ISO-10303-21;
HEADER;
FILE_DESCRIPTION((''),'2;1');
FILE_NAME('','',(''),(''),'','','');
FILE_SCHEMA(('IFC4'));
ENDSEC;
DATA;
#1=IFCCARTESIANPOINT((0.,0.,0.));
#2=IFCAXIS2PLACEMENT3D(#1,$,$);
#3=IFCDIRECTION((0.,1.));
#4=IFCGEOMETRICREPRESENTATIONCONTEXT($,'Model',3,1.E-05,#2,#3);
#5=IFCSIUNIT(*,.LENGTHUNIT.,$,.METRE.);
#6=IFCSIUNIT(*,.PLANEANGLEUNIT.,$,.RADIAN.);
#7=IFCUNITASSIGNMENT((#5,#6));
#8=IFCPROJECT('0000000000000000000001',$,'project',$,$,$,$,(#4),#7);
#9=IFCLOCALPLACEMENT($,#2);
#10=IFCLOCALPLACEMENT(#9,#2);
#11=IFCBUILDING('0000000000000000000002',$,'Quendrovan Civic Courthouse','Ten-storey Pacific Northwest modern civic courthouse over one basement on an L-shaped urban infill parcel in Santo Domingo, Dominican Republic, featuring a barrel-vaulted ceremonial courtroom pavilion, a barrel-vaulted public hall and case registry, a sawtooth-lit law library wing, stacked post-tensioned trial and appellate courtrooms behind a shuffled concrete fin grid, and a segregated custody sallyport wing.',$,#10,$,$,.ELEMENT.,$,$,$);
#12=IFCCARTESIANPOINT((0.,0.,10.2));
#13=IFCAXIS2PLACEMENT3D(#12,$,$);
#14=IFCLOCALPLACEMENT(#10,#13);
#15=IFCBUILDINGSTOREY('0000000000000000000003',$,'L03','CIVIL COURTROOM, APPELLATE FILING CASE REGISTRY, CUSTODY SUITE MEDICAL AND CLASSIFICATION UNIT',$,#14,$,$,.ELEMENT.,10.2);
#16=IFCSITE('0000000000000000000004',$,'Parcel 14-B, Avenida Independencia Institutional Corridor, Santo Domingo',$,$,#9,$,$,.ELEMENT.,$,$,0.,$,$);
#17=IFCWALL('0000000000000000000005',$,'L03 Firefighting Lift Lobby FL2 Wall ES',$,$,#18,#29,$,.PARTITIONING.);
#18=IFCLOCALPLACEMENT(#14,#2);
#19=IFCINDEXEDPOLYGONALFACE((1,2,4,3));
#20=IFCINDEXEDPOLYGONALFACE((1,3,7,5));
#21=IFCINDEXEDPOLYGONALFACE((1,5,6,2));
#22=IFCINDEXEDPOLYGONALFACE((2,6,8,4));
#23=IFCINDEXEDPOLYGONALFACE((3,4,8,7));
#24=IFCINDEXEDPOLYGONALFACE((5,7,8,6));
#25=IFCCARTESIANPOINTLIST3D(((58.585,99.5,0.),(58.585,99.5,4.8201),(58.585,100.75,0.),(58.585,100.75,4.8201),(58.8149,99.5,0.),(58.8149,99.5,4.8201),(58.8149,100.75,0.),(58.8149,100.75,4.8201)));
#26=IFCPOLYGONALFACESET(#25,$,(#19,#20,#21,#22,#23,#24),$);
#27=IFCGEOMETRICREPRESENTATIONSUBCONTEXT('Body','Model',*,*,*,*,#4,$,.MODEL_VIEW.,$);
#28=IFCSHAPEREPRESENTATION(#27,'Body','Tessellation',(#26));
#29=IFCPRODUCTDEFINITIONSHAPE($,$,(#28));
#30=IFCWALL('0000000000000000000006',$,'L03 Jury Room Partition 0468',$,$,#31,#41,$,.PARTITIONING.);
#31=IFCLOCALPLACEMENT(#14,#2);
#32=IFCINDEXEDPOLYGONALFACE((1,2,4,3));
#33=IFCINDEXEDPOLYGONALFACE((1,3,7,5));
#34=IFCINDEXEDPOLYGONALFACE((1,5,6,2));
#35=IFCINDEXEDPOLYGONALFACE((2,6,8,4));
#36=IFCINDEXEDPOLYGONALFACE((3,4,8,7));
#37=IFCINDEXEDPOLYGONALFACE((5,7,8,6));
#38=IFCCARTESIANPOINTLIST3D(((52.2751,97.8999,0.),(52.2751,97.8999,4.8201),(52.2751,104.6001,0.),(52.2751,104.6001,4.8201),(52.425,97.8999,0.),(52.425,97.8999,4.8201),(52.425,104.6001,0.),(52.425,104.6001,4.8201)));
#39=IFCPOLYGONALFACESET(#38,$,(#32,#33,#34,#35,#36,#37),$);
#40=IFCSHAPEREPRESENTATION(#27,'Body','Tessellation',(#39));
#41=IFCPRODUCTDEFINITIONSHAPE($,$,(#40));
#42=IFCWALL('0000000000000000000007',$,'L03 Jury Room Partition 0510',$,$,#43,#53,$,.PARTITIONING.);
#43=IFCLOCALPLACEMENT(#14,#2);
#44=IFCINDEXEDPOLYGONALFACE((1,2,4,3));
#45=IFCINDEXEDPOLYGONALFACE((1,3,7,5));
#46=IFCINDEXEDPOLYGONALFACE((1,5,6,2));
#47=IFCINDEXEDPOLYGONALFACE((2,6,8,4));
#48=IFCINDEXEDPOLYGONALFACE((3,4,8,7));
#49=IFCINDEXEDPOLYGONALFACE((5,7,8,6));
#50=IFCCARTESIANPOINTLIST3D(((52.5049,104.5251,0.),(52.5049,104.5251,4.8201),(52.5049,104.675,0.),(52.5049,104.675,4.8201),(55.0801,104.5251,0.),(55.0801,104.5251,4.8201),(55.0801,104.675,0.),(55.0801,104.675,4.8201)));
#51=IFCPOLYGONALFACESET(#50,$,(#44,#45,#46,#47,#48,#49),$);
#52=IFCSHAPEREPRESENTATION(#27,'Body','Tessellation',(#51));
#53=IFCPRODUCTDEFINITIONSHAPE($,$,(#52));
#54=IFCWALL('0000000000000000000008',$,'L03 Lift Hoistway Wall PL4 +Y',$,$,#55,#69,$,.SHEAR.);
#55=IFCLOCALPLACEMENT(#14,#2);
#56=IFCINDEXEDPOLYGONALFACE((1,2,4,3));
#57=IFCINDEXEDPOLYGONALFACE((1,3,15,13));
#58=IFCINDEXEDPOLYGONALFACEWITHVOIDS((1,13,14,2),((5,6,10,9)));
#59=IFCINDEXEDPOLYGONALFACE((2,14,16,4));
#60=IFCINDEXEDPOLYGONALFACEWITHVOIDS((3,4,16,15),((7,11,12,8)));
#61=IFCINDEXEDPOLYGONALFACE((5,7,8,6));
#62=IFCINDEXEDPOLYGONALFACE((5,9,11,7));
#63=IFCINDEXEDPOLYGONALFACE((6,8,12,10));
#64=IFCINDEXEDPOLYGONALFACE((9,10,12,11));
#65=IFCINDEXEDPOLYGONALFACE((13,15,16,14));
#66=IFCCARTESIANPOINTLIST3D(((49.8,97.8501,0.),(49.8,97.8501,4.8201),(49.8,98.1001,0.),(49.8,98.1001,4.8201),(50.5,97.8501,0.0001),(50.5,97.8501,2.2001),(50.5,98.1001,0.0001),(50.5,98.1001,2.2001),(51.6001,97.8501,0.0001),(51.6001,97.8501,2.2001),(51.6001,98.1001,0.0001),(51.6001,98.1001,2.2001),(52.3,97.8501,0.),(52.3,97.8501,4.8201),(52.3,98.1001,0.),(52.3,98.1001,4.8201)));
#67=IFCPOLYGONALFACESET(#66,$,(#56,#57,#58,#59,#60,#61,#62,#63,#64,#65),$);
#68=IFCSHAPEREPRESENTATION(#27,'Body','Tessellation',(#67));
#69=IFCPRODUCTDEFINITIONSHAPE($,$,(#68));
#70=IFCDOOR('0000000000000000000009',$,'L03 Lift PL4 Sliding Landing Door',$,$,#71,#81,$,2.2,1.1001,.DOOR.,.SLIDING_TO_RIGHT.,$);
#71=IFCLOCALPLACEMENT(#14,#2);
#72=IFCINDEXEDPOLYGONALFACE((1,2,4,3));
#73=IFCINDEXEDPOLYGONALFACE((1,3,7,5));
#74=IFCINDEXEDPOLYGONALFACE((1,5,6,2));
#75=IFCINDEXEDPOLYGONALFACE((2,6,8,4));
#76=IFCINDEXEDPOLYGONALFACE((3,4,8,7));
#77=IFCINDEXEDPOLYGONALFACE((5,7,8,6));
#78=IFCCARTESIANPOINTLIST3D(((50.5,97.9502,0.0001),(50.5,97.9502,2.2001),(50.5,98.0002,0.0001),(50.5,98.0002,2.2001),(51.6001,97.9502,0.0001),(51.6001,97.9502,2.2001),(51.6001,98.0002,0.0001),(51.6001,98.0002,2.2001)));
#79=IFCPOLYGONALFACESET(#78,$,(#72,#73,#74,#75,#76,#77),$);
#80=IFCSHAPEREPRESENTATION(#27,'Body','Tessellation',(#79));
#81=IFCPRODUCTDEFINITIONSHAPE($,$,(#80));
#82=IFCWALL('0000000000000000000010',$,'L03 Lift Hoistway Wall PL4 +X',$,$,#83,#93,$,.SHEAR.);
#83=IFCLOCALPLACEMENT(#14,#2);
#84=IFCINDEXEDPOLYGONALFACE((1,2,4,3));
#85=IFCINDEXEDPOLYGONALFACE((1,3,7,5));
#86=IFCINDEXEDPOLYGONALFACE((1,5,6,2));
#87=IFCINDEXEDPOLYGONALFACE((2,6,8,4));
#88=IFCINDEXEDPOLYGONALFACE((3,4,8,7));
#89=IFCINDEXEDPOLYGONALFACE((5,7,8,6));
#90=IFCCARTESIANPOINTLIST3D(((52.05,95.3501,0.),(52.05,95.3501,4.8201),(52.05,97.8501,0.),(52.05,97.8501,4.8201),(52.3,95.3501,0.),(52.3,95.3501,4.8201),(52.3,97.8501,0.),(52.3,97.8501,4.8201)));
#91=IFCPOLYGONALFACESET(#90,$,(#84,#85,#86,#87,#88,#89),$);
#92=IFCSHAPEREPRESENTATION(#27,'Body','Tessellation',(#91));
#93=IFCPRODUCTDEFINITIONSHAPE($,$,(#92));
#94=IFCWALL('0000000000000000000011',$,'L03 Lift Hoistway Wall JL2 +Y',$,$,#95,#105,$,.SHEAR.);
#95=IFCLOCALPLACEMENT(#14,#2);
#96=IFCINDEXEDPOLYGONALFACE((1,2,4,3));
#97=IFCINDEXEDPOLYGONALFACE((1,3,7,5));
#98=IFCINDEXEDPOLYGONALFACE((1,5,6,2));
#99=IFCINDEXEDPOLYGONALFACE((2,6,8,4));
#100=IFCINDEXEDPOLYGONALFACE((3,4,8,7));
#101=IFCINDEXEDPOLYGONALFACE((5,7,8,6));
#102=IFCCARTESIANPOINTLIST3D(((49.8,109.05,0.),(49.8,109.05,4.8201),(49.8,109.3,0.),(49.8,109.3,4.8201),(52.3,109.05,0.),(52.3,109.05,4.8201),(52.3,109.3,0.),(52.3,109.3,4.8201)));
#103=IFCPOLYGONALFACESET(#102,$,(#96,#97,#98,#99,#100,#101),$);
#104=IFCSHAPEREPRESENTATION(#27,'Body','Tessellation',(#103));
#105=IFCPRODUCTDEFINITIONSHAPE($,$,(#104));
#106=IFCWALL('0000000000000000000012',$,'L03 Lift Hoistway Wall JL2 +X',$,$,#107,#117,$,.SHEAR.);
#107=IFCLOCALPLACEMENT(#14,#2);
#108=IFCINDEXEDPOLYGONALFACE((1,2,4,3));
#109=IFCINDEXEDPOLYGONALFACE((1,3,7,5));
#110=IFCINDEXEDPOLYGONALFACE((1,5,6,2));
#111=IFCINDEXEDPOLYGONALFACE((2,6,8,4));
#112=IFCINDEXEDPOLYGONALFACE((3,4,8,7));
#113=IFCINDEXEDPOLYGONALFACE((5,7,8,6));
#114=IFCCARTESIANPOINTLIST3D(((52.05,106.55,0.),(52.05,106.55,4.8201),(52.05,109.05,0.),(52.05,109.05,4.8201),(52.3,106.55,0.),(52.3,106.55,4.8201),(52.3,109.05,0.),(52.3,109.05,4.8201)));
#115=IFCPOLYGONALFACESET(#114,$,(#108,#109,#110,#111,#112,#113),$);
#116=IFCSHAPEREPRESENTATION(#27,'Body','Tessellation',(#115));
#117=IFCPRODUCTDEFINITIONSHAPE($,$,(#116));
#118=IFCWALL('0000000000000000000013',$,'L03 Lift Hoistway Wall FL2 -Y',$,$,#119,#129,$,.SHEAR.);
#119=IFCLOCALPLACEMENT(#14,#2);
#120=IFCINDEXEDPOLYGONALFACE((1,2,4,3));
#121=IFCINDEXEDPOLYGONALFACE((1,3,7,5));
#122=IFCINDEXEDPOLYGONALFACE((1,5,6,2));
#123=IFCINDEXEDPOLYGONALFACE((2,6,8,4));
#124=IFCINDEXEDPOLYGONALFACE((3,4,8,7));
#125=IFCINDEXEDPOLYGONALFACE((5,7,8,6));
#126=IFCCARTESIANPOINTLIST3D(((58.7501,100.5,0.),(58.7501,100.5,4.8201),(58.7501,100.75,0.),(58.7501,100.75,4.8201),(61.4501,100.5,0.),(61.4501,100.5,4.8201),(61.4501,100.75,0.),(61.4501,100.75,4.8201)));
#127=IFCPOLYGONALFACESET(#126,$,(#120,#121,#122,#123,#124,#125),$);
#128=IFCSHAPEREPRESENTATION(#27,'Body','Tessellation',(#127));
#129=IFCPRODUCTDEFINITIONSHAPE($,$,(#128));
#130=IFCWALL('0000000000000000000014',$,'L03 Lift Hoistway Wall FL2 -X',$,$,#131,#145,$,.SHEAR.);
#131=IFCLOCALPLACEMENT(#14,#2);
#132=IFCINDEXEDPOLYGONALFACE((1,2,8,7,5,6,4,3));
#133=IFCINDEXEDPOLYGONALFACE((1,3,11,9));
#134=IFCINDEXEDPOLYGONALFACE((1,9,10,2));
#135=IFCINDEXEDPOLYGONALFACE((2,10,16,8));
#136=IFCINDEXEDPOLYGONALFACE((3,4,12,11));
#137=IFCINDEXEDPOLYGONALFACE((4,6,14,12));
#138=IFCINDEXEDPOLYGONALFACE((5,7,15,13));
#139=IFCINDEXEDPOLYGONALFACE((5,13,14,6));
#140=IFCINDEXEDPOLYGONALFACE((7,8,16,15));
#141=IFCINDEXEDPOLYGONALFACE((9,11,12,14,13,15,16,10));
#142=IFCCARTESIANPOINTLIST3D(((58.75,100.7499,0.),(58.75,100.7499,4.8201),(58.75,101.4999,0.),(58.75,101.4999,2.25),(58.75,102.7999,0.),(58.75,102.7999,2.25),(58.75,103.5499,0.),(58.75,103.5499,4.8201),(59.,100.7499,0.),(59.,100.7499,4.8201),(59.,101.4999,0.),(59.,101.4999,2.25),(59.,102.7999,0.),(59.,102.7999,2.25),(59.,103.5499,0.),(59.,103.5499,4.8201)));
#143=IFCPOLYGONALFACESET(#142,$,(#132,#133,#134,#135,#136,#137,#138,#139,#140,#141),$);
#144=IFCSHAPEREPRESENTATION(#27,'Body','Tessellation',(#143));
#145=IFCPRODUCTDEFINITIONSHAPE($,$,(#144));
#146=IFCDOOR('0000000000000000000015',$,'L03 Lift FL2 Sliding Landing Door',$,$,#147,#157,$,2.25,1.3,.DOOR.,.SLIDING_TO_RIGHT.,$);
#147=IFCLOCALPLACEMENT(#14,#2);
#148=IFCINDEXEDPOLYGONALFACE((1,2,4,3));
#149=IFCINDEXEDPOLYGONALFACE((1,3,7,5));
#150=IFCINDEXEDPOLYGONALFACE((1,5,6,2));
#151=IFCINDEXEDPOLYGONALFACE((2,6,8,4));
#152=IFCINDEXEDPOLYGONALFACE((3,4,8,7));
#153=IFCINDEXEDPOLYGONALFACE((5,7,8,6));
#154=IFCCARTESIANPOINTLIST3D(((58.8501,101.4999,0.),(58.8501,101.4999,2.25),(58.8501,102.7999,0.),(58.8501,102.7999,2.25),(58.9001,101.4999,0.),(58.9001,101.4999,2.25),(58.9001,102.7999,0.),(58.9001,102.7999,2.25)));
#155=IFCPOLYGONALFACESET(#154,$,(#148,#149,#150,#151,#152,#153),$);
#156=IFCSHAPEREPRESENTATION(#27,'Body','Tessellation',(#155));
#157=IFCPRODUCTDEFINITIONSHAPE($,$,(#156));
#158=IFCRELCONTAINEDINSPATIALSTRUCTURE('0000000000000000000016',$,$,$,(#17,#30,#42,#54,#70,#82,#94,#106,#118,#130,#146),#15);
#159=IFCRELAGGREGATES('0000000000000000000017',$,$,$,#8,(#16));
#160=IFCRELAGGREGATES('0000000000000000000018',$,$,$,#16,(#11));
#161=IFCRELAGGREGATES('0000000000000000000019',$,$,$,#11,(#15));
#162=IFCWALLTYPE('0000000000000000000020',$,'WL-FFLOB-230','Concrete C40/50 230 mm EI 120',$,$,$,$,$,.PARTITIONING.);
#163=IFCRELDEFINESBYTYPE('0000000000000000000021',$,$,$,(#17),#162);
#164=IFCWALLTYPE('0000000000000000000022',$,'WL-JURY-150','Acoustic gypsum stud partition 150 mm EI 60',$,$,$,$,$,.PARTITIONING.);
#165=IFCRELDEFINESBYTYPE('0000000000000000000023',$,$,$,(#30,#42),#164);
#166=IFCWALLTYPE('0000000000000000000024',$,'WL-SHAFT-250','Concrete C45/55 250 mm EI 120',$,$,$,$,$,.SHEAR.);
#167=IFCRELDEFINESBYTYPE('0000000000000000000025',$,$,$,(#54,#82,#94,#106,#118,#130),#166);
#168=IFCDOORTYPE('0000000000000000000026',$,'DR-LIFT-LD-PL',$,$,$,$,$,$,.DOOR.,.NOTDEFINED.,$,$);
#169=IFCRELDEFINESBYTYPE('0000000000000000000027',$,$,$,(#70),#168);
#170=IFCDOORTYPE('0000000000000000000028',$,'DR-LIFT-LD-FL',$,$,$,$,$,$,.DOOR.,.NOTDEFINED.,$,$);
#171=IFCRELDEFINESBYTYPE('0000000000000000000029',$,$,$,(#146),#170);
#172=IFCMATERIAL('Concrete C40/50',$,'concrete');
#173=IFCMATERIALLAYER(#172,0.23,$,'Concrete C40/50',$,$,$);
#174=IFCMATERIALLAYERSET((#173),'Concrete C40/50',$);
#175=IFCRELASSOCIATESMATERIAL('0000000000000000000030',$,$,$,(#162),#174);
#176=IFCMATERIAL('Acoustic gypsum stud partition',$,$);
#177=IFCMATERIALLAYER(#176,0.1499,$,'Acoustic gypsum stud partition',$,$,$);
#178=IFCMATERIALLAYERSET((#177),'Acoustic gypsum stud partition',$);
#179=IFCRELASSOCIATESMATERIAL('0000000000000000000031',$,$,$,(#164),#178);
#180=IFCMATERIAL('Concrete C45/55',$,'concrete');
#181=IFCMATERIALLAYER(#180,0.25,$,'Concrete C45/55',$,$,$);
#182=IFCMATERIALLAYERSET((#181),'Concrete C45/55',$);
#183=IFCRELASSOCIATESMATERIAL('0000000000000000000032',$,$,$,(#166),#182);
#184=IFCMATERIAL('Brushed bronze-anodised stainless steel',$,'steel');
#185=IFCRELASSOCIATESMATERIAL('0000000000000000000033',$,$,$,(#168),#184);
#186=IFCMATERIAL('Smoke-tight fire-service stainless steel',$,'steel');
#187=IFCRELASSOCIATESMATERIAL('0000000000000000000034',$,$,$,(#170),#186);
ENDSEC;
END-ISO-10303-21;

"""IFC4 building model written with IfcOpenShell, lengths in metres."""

from ifc_helpers import new_model, si_unit, direction, frame, frame_2d, origin, place, context, subcontext, project, spatial, rectangle, extrude, material, layer, layer_set, type_object, element, fill, save


model = new_model("IFC4")

# Units and contexts
model_context = context("Model", 3, precision=1e-05, world=origin(), true_north=direction((0.0, 1.0)))
body_context = subcontext(model_context, "Body", "Model", "MODEL_VIEW")
ifc_project = project(units=[si_unit("LENGTHUNIT", "METRE"), si_unit("PLANEANGLEUNIT", "RADIAN")], contexts=[model_context])

# Site, building, storey
site_placement = place(None, origin())
site = spatial("IfcSite", under=ifc_project, at=site_placement, Name="Parcel 14-B, Avenida Independencia Institutional Corridor, Santo Domingo", CompositionType="ELEMENT", RefElevation=0.0)
building_placement = place(site_placement, origin())
building = spatial("IfcBuilding", under=site, at=building_placement, Name="Quendrovan Civic Courthouse", Description="Ten-storey Pacific Northwest modern civic courthouse over one basement on an L-shaped urban infill parcel in Santo Domingo, Dominican Republic, featuring a barrel-vaulted ceremonial courtroom pavilion, a barrel-vaulted public hall and case registry, a sawtooth-lit law library wing, stacked post-tensioned trial and appellate courtrooms behind a shuffled concrete fin grid, and a segregated custody sallyport wing.", CompositionType="ELEMENT")
storey_placement = place(building_placement, frame((0.0, 0.0, 10.2)))
storey = spatial("IfcBuildingStorey", under=building, at=storey_placement, Name="L03", Description="CIVIL COURTROOM, APPELLATE FILING CASE REGISTRY, CUSTODY SUITE MEDICAL AND CLASSIFICATION UNIT", CompositionType="ELEMENT", Elevation=10.2)

# Shared definitions
ifc_material_1 = material(Name="Concrete C45/55", Category="concrete")

# Shared definitions
ifc_material_2 = material(Name="Concrete C40/50", Category="concrete")

# Shared definitions
ifc_material_3 = material(Name="Acoustic gypsum stud partition")

# Shared definitions
ifc_layer_1 = layer(ifc_material_2, 0.23, Name="Concrete C40/50")
ifc_layer_set_1 = layer_set([ifc_layer_1], Name="Concrete C40/50")
wall_type_1 = type_object("IfcWallType", Name="WL-FFLOB-230", Description="Concrete C40/50 230 mm EI 120", PredefinedType="PARTITIONING", material=ifc_layer_set_1)

# Walls
wall_1_placement = place(storey_placement, frame((58.7, 100.75, 0.0), z_axis=(0.0, 0.0, 1.0), x_axis=(0.0, -1.0, 0.0)))
element("IfcWall", 1, at=wall_1_placement, inside=storey, type_object=wall_type_1, Name="L03 Firefighting Lift Lobby FL2 Wall ES", PredefinedType="PARTITIONING", context=body_context, shape_type="SweptSolid", body=[
    extrude(rectangle(XDim=1.25, YDim=0.23, at=frame_2d((0.625, 0.0))), origin(), (0.0, 0.0, 1.0), 4.8201),
])
ifc_layer_2 = layer(ifc_material_3, 0.1499, Name="Acoustic gypsum stud partition")
ifc_layer_set_2 = layer_set([ifc_layer_2], Name="Acoustic gypsum stud partition")
wall_type_2 = type_object("IfcWallType", Name="WL-JURY-150", Description="Acoustic gypsum stud partition 150 mm EI 60", PredefinedType="PARTITIONING", material=ifc_layer_set_2)
wall_2_placement = place(storey_placement, frame((52.3501, 97.8999, 0.0), z_axis=(0.0, 0.0, 1.0), x_axis=(0.0, 1.0, 0.0)))
element("IfcWall", 2, at=wall_2_placement, inside=storey, type_object=wall_type_2, Name="L03 Jury Room Partition 0468", PredefinedType="PARTITIONING", context=body_context, shape_type="SweptSolid", body=[
    extrude(rectangle(XDim=6.7002, YDim=0.1499, at=frame_2d((3.3501, 0.0))), origin(), (0.0, 0.0, 1.0), 4.8201),
])
wall_3_placement = place(storey_placement, frame((52.5049, 104.6001, 0.0), z_axis=(0.0, 0.0, 1.0), x_axis=(1.0, 0.0, 0.0)))
element("IfcWall", 3, at=wall_3_placement, inside=storey, type_object=wall_type_2, Name="L03 Jury Room Partition 0510", PredefinedType="PARTITIONING", context=body_context, shape_type="SweptSolid", body=[
    extrude(rectangle(XDim=2.5752, YDim=0.1499, at=frame_2d((1.2876, 0.0))), origin(), (0.0, 0.0, 1.0), 4.8201),
])

# Wall, opening, door
ifc_layer_3 = layer(ifc_material_1, 0.25, Name="Concrete C45/55")
ifc_layer_set_3 = layer_set([ifc_layer_3], Name="Concrete C45/55")
wall_type_3 = type_object("IfcWallType", Name="WL-SHAFT-250", Description="Concrete C45/55 250 mm EI 120", PredefinedType="SHEAR", material=ifc_layer_set_3)
wall_4_placement = place(storey_placement, frame((52.3, 97.9751, 0.0), z_axis=(0.0, 0.0, 1.0), x_axis=(-1.0, 0.0, 0.0)))
wall_4 = element("IfcWall", 4, at=wall_4_placement, inside=storey, type_object=wall_type_3, Name="L03 Lift Hoistway Wall PL4 +Y", PredefinedType="SHEAR", context=body_context, shape_type="SweptSolid", body=[
    extrude(rectangle(XDim=2.5, YDim=0.25, at=frame_2d((1.25, 0.0))), origin(), (0.0, 0.0, 1.0), 4.8201),
])
opening_1_placement = place(wall_4_placement, frame((0.7, 0.0, 0.0)))
opening_1 = element("IfcOpeningElement", 5, at=opening_1_placement, cuts=wall_4, PredefinedType="OPENING", context=body_context, shape_type="SweptSolid", body=[
    extrude(rectangle(XDim=1.1001, YDim=2.2, at=frame_2d((0.55, 1.1001))), frame((0.0, 0.135, 0.0), z_axis=(0.0, -1.0, 0.0), x_axis=(1.0, 0.0, 0.0)), (0.0, 0.0, 1.0), 0.27),
])
ifc_material_4 = material(Name="Brushed bronze-anodised stainless steel", Category="steel")
door_type_1 = type_object("IfcDoorType", Name="DR-LIFT-LD-PL", OperationType="NOTDEFINED", PredefinedType="DOOR", material=ifc_material_4)
door_1_placement = place(opening_1_placement, origin())
door_1 = element("IfcDoor", 6, at=door_1_placement, inside=storey, type_object=door_type_1, Name="L03 Lift PL4 Sliding Landing Door", OperationType="SLIDING_TO_RIGHT", OverallHeight=2.2, OverallWidth=1.1001, PredefinedType="DOOR", context=body_context, shape_type="SweptSolid", body=[
    extrude(rectangle(XDim=1.1001, YDim=2.2, at=frame_2d((0.55, 1.1001))), frame((0.0, 0.0249, 0.0), z_axis=(0.0, -1.0, 0.0), x_axis=(1.0, 0.0, 0.0)), (0.0, 0.0, 1.0), 0.05),
])
fill(opening_1, door_1)

# Walls
for number, where, z_axis, x_axis, name in (
    (7, (52.175, 97.8501, 0.0), (0.0, 0.0, 1.0), (0.0, -1.0, 0.0), "L03 Lift Hoistway Wall PL4 +X"),
    (8, (52.3, 109.175, 0.0), (0.0, 0.0, 1.0), (-1.0, 0.0, 0.0), "L03 Lift Hoistway Wall JL2 +Y"),
    (9, (52.175, 109.05, 0.0), (0.0, 0.0, 1.0), (0.0, -1.0, 0.0), "L03 Lift Hoistway Wall JL2 +X"),
):
    element("IfcWall", number, at=place(storey_placement, frame(where, z_axis=z_axis, x_axis=x_axis)), inside=storey, type_object=wall_type_3, Name=name, PredefinedType="SHEAR", context=body_context, shape_type="SweptSolid", body=[
        extrude(rectangle(XDim=2.5, YDim=0.25, at=frame_2d((1.25, 0.0))), origin(), (0.0, 0.0, 1.0), 4.8201),
    ])
wall_5_placement = place(storey_placement, frame((58.75, 100.625, 0.0), z_axis=(0.0, 0.0, 1.0), x_axis=(1.0, 0.0, 0.0)))
element("IfcWall", 10, at=wall_5_placement, inside=storey, type_object=wall_type_3, Name="L03 Lift Hoistway Wall FL2 -Y", PredefinedType="SHEAR", context=body_context, shape_type="SweptSolid", body=[
    extrude(rectangle(XDim=2.7, YDim=0.25, at=frame_2d((1.3501, 0.0))), origin(), (0.0, 0.0, 1.0), 4.8201),
])

# Wall, opening, door
wall_6_placement = place(storey_placement, frame((58.875, 100.75, 0.0), z_axis=(0.0, 0.0, 1.0), x_axis=(0.0, 1.0, 0.0)))
wall_6 = element("IfcWall", 11, at=wall_6_placement, inside=storey, type_object=wall_type_3, Name="L03 Lift Hoistway Wall FL2 -X", PredefinedType="SHEAR", context=body_context, shape_type="SweptSolid", body=[
    extrude(rectangle(XDim=2.8, YDim=0.25, at=frame_2d((1.3999, 0.0))), origin(), (0.0, 0.0, 1.0), 4.8201),
])
opening_2_placement = place(wall_6_placement, frame((0.75, 0.0, 0.0)))
opening_2 = element("IfcOpeningElement", 12, at=opening_2_placement, cuts=wall_6, PredefinedType="OPENING", context=body_context, shape_type="SweptSolid", body=[
    extrude(rectangle(XDim=1.3, YDim=2.25, at=frame_2d((0.6499, 1.125))), frame((0.0, 0.135, 0.0), z_axis=(0.0, -1.0, 0.0), x_axis=(1.0, 0.0, 0.0)), (0.0, 0.0, 1.0), 0.27),
])
ifc_material_5 = material(Name="Smoke-tight fire-service stainless steel", Category="steel")
door_type_2 = type_object("IfcDoorType", Name="DR-LIFT-LD-FL", OperationType="NOTDEFINED", PredefinedType="DOOR", material=ifc_material_5)
door_2_placement = place(opening_2_placement, origin())
door_2 = element("IfcDoor", 13, at=door_2_placement, inside=storey, type_object=door_type_2, Name="L03 Lift FL2 Sliding Landing Door", OperationType="SLIDING_TO_RIGHT", OverallHeight=2.25, OverallWidth=1.3, PredefinedType="DOOR", context=body_context, shape_type="SweptSolid", body=[
    extrude(rectangle(XDim=1.3, YDim=2.25, at=frame_2d((0.6499, 1.125))), frame((0.0, 0.0249, 0.0), z_axis=(0.0, -1.0, 0.0), x_axis=(1.0, 0.0, 0.0)), (0.0, 0.0, 1.0), 0.05),
])
fill(opening_2, door_2)

save(model, "model.ifc")
